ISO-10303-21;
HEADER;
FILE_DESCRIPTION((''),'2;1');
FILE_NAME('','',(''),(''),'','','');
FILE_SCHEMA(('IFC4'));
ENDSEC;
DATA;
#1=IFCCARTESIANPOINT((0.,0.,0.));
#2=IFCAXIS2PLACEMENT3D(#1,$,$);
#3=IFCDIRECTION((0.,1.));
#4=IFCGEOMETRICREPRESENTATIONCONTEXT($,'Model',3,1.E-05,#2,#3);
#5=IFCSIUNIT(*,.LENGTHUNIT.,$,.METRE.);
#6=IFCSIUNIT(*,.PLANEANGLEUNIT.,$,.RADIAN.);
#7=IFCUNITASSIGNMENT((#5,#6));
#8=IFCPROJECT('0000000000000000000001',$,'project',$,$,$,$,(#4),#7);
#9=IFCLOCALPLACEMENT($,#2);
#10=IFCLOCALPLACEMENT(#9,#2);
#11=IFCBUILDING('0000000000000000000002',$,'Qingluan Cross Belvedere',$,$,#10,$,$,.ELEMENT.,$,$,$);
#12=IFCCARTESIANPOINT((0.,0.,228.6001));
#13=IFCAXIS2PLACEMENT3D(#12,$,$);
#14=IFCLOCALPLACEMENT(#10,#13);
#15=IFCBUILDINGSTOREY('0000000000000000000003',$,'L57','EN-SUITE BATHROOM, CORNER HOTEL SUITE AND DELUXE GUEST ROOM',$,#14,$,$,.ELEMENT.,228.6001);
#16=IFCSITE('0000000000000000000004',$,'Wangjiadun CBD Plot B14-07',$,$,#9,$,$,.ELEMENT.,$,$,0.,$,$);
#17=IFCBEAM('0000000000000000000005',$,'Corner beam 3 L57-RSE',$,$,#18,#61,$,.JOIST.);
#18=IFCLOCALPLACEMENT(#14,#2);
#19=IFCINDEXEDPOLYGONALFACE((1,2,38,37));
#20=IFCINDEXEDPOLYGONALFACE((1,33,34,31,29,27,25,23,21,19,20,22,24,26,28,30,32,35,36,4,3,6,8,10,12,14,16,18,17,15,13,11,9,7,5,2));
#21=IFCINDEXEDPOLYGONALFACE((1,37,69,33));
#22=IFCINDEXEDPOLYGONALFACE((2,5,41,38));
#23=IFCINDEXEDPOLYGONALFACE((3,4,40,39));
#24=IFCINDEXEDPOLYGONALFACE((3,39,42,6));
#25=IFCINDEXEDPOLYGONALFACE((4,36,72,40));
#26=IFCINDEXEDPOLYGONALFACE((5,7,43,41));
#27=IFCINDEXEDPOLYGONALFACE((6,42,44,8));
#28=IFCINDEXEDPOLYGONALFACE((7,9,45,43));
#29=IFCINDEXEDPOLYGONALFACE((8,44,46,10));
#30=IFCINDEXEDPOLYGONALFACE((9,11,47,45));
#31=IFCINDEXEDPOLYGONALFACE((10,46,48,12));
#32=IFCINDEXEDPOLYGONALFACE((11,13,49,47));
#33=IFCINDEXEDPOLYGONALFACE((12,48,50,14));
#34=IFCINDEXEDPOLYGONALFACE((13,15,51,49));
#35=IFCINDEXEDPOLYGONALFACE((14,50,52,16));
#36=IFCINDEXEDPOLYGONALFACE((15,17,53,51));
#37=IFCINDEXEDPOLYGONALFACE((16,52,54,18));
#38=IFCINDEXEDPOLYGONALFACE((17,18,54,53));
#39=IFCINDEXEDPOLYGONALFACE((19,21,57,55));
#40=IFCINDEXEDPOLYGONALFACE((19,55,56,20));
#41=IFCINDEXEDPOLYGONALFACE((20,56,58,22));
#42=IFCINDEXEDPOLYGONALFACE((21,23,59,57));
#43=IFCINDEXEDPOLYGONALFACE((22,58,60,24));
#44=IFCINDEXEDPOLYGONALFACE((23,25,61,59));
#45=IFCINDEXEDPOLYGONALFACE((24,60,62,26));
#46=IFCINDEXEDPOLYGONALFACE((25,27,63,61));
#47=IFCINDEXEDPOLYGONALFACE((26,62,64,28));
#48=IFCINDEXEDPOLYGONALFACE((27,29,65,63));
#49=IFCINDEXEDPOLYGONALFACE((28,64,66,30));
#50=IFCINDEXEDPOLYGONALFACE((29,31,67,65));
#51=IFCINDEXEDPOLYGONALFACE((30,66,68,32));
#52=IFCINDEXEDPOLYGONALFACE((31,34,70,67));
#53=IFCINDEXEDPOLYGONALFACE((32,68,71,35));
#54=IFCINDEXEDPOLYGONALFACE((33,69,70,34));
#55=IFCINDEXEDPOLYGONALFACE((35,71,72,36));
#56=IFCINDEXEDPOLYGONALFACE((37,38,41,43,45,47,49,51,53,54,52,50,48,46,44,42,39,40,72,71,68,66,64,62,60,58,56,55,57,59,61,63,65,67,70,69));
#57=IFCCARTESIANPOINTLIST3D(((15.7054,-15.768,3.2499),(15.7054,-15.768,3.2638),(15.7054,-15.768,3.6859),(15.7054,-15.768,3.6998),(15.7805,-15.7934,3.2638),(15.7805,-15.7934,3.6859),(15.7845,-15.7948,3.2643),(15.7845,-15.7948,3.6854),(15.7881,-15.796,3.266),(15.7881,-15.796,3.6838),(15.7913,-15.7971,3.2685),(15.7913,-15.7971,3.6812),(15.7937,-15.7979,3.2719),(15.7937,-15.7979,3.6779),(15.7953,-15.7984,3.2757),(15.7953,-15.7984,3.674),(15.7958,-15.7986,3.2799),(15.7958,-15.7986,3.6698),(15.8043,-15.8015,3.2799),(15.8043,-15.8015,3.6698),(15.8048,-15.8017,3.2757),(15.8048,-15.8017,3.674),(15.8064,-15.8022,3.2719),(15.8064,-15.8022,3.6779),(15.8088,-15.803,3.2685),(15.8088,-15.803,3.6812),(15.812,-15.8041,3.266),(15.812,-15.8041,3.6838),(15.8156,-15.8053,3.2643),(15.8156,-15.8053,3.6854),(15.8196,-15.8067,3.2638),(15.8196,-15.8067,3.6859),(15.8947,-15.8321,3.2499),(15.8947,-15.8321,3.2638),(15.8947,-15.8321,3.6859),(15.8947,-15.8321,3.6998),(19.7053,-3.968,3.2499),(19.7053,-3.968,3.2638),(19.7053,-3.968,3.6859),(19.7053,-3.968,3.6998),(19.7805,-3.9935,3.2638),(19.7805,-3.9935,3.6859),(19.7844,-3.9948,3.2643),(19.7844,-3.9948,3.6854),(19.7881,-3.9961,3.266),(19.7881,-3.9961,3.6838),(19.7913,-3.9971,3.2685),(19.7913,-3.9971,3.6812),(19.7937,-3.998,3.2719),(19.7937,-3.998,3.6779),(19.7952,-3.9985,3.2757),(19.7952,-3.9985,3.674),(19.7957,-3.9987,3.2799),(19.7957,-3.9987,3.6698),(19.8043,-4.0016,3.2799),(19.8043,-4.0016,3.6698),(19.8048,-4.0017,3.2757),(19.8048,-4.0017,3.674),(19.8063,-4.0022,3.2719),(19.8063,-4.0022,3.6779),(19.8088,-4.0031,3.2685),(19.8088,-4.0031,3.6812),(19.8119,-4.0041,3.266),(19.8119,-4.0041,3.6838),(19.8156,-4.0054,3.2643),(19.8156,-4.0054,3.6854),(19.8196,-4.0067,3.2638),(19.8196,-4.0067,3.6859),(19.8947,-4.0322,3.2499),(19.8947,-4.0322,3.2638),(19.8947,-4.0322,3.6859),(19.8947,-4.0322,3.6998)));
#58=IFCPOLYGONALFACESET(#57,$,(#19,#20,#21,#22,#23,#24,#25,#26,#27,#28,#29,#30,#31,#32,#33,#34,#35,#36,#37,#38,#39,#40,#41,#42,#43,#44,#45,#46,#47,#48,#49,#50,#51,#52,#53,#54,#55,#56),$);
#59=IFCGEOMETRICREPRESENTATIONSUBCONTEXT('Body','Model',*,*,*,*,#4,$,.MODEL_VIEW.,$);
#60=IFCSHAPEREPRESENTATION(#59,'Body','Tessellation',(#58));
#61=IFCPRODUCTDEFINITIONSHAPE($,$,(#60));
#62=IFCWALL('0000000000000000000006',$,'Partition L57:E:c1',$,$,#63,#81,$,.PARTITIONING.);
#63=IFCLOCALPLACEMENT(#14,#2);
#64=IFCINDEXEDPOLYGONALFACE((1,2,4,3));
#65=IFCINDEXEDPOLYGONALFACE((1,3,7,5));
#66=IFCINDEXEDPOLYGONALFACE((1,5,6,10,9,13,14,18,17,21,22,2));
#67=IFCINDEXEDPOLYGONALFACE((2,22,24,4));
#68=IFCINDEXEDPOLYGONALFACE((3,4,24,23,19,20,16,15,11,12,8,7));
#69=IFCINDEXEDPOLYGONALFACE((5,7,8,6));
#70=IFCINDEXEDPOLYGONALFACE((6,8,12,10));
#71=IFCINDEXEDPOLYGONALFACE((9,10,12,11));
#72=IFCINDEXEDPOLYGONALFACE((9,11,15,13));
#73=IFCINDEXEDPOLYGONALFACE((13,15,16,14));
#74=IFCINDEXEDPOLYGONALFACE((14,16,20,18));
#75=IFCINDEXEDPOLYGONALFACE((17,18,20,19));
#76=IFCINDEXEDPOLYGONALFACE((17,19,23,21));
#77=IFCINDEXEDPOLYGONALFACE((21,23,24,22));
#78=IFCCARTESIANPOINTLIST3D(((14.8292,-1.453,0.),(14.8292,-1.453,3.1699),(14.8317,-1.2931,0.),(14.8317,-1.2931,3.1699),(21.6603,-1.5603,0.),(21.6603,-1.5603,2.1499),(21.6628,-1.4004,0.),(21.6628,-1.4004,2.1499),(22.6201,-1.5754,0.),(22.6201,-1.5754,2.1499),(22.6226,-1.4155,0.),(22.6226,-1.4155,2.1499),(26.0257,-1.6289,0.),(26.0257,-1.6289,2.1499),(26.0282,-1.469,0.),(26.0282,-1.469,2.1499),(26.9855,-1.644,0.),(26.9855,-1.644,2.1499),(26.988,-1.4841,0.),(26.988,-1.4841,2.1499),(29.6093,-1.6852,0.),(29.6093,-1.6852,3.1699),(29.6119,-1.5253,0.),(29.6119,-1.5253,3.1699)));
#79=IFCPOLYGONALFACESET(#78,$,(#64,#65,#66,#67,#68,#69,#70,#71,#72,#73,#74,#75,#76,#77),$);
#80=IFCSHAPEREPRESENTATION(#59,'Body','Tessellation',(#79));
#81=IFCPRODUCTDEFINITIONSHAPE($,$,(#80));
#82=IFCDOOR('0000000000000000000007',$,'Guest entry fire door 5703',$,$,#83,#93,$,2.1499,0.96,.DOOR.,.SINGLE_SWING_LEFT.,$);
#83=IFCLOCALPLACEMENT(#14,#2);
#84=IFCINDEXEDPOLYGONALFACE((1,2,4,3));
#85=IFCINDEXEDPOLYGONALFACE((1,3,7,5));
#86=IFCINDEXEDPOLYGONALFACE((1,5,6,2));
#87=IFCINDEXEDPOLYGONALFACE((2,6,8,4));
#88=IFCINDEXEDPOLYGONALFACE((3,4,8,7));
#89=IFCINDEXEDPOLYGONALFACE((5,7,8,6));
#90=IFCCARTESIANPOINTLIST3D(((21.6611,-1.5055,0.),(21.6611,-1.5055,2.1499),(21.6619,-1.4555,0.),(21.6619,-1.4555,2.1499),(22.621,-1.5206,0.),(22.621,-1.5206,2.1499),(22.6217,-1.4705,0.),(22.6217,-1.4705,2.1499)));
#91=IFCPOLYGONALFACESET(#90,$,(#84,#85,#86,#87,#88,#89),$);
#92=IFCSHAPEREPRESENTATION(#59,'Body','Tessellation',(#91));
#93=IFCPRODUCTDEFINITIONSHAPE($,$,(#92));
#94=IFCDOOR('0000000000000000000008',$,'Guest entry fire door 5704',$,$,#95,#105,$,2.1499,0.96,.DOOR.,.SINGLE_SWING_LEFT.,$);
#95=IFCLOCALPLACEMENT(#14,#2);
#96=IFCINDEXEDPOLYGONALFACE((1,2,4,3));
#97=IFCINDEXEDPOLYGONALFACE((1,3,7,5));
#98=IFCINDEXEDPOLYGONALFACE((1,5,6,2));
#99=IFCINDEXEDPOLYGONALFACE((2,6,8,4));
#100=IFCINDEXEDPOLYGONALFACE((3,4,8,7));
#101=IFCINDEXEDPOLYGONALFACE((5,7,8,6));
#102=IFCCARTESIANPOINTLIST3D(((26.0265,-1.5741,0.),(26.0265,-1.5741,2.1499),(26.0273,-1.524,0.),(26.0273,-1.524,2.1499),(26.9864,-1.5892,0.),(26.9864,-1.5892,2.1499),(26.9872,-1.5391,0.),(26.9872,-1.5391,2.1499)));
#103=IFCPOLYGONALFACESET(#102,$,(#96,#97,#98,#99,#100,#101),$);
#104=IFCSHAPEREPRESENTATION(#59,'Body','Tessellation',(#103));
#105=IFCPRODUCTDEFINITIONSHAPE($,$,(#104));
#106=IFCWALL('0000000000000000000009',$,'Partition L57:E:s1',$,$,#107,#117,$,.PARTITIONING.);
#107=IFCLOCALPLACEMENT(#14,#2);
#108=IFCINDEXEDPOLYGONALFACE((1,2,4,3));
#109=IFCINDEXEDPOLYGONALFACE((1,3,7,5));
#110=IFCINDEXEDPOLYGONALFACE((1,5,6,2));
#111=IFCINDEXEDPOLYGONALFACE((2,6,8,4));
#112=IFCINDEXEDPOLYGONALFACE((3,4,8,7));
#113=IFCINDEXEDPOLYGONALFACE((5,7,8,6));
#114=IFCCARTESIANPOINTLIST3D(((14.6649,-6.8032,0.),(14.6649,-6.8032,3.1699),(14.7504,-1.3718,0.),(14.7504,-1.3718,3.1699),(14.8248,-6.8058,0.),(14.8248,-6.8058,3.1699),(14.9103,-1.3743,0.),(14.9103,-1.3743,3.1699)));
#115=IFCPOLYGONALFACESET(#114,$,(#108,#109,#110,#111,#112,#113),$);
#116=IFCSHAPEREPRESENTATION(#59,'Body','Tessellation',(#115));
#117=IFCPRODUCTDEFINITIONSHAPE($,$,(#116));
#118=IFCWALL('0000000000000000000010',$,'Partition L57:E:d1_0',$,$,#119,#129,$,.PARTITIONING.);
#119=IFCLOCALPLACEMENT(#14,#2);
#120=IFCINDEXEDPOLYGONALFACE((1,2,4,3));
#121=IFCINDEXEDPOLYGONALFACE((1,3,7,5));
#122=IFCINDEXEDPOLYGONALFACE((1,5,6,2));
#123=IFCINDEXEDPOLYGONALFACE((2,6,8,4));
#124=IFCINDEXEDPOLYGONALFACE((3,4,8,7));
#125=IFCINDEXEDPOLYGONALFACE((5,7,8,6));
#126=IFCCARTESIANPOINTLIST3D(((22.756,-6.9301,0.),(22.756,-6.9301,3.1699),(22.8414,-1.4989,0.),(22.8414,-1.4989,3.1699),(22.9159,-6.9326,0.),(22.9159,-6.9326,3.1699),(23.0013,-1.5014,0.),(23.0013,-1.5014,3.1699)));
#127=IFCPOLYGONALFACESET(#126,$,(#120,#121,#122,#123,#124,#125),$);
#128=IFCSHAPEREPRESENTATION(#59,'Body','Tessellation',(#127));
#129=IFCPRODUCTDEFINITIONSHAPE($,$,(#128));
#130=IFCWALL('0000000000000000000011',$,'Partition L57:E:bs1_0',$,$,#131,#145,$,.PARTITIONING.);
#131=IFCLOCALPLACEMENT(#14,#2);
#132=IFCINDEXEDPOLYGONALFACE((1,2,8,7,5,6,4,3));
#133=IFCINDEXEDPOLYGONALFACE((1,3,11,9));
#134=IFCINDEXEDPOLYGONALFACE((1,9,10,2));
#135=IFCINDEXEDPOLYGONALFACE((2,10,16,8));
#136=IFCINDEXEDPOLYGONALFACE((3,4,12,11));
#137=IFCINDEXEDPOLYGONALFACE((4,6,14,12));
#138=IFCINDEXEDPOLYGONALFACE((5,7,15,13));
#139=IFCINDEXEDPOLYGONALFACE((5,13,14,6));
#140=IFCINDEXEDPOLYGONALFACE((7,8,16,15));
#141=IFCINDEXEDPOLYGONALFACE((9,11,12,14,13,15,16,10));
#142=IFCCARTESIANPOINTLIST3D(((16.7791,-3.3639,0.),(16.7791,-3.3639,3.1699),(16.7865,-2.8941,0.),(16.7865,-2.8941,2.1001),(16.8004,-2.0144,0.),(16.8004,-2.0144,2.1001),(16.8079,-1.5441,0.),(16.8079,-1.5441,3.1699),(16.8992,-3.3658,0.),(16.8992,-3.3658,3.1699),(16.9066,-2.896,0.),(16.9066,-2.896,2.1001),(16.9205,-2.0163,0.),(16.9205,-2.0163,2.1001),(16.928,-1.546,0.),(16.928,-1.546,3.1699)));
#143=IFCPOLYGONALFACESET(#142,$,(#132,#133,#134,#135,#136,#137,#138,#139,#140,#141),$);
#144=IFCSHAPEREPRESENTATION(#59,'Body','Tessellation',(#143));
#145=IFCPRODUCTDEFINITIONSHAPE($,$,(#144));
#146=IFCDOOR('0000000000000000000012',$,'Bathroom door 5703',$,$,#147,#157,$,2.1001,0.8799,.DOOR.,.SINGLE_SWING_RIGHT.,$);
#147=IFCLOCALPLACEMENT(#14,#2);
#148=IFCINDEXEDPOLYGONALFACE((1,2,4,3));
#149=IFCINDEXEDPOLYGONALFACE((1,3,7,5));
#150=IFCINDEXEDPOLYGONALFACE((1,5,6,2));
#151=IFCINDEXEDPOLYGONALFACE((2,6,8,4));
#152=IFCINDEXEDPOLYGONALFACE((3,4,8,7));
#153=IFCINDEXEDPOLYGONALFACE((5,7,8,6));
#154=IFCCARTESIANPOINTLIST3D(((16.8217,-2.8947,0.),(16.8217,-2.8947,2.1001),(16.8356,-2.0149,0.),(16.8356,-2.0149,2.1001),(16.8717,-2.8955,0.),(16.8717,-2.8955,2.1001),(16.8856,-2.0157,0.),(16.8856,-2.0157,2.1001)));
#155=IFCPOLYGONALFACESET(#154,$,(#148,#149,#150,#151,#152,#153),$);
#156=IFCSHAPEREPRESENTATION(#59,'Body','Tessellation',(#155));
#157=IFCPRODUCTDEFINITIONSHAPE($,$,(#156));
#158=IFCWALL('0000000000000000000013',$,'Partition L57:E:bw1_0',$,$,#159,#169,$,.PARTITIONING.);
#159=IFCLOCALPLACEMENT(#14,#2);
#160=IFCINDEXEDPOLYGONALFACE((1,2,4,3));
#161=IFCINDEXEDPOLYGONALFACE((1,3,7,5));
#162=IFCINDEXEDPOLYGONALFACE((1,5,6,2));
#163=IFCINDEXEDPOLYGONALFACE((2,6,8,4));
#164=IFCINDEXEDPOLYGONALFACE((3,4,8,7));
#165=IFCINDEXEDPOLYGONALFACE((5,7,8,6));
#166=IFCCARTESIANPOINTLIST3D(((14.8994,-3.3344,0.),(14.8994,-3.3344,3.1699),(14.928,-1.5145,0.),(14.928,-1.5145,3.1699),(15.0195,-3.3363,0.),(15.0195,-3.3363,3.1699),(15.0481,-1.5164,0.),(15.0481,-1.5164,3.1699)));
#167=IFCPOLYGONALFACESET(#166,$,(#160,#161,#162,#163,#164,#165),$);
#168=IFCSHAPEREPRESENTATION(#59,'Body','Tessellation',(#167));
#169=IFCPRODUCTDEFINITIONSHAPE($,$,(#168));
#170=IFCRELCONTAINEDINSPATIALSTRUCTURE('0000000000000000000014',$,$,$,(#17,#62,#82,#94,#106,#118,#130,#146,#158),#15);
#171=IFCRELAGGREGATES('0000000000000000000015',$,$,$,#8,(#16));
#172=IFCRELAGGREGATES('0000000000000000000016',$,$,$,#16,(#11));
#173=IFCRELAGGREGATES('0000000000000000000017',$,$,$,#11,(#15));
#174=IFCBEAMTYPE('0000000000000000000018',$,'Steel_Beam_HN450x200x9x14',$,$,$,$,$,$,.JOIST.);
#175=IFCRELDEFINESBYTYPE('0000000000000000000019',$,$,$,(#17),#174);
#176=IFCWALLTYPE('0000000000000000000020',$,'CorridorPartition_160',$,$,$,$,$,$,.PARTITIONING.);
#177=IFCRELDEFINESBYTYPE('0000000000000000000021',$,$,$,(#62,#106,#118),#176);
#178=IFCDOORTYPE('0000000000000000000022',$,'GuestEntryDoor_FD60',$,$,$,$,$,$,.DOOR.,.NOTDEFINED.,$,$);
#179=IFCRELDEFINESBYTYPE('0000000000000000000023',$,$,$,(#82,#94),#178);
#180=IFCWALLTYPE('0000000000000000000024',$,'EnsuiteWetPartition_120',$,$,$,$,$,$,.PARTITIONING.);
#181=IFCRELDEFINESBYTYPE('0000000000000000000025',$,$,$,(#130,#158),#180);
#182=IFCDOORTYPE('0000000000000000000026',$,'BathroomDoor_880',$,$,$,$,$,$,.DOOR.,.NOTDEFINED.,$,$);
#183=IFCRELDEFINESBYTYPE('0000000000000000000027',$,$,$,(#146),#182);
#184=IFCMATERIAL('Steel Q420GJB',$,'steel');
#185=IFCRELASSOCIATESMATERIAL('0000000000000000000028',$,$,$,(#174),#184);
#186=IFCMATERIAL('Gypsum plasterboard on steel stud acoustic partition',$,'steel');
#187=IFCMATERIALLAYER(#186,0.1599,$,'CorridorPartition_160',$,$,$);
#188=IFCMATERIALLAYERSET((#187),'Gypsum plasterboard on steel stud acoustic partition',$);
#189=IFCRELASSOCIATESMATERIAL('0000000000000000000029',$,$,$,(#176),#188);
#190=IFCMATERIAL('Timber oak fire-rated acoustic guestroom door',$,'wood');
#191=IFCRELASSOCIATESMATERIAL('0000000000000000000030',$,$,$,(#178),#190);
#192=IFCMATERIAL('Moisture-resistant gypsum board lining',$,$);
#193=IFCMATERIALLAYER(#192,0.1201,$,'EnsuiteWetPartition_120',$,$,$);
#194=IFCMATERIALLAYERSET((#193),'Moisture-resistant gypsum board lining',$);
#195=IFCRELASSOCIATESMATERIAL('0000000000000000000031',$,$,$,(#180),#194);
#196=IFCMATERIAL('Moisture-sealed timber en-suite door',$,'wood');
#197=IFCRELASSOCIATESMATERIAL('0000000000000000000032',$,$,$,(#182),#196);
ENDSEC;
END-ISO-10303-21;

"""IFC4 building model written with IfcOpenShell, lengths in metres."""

from ifc_helpers import new_model, si_unit, direction, frame, frame_2d, origin, origin_2d, place, context, subcontext, project, spatial, rectangle, i_section, extrude, material, layer, layer_set, material_profile, profile_set, type_object, element, fill, save


model = new_model("IFC4")

# Units and contexts
model_context = context("Model", 3, precision=1e-05, world=origin(), true_north=direction((0.0, 1.0)))
body_context = subcontext(model_context, "Body", "Model", "MODEL_VIEW")
ifc_project = project(units=[si_unit("LENGTHUNIT", "METRE"), si_unit("PLANEANGLEUNIT", "RADIAN")], contexts=[model_context])

# Site, building, storey
site_placement = place(None, origin())
site = spatial("IfcSite", under=ifc_project, at=site_placement, Name="Wangjiadun CBD Plot B14-07", CompositionType="ELEMENT", RefElevation=0.0)
building_placement = place(site_placement, origin())
building = spatial("IfcBuilding", under=site, at=building_placement, Name="Qingluan Cross Belvedere", CompositionType="ELEMENT")
storey_placement = place(building_placement, frame((0.0, 0.0, 228.6001)))
storey = spatial("IfcBuildingStorey", under=building, at=storey_placement, Name="L57", Description="EN-SUITE BATHROOM, CORNER HOTEL SUITE AND DELUXE GUEST ROOM", CompositionType="ELEMENT", Elevation=228.6001)

# Beam
ifc_material_1 = material(Name="Steel Q420GJB", Category="steel")
ifc_material_profile_1 = material_profile(ifc_material_1, i_section(OverallWidth=0.2, OverallDepth=0.45, WebThickness=0.009, FlangeThickness=0.0139, FilletRadius=0.0161, at=origin_2d()), Name="HN450x200x9x14")
ifc_profile_set_1 = profile_set([ifc_material_profile_1], Name="Steel Q420GJB")
beam_type_1 = type_object("IfcBeamType", Name="Steel_Beam_HN450x200x9x14", PredefinedType="JOIST", material=ifc_profile_set_1)
for number, where, z_axis, x_axis, name in (
    (1, (15.8, -15.8, 3.4749), (0.321038, 0.947066, 0.0), (-0.947066, 0.321038, 0.0), "Corner beam 3 L57-RSE"),
):
    element("IfcBeam", number, at=place(storey_placement, frame(where, z_axis=z_axis, x_axis=x_axis)), inside=storey, type_object=beam_type_1, Name=name, PredefinedType="JOIST", context=body_context, shape_type="SweptSolid", body=[
        extrude(i_section(OverallWidth=0.2, OverallDepth=0.45, WebThickness=0.009, FlangeThickness=0.0139, FilletRadius=0.0161, at=origin_2d()), origin(), (0.0, 0.0, 1.0), 12.4595),
    ])

# Wall, openings, doors
ifc_material_2 = material(Name="Gypsum plasterboard on steel stud acoustic partition", Category="steel")
ifc_layer_1 = layer(ifc_material_2, 0.1599, Name="CorridorPartition_160")
ifc_layer_set_1 = layer_set([ifc_layer_1], Name="Gypsum plasterboard on steel stud acoustic partition")
wall_type_1 = type_object("IfcWallType", Name="CorridorPartition_160", PredefinedType="PARTITIONING", material=ifc_layer_set_1)
wall_1_placement = place(storey_placement, frame((14.8303, -1.373, 0.0), z_axis=(0.0, 0.0, 1.0), x_axis=(0.999877, -0.015707, 0.0)))
wall_1 = element("IfcWall", 2, at=wall_1_placement, inside=storey, type_object=wall_type_1, Name="Partition L57:E:c1", PredefinedType="PARTITIONING", context=body_context, shape_type="SweptSolid", body=[
    extrude(rectangle(XDim=14.782, YDim=0.1599, at=frame_2d((7.3911, 0.0))), origin(), (0.0, 0.0, 1.0), 3.1699),
])
opening_1_placement = place(wall_1_placement, frame((6.832, 0.0, 0.0)))
opening_1 = element("IfcOpeningElement", 3, at=opening_1_placement, cuts=wall_1, PredefinedType="OPENING", context=body_context, shape_type="SweptSolid", body=[
    extrude(rectangle(XDim=0.96, YDim=2.1499, at=frame_2d((0.48, 1.075))), frame((0.0, 0.0898, 0.0), z_axis=(0.0, -1.0, 0.0), x_axis=(1.0, 0.0, 0.0)), (0.0, 0.0, 1.0), 0.1799),
])
opening_2_placement = place(wall_1_placement, frame((11.198, 0.0, 0.0)))
opening_2 = element("IfcOpeningElement", 4, at=opening_2_placement, cuts=wall_1, PredefinedType="OPENING", context=body_context, shape_type="SweptSolid", body=[
    extrude(rectangle(XDim=0.96, YDim=2.1499, at=frame_2d((0.48, 1.075))), frame((0.0, 0.0898, 0.0), z_axis=(0.0, -1.0, 0.0), x_axis=(1.0, 0.0, 0.0)), (0.0, 0.0, 1.0), 0.1799),
])
ifc_material_3 = material(Name="Timber oak fire-rated acoustic guestroom door", Category="wood")
door_type_1 = type_object("IfcDoorType", Name="GuestEntryDoor_FD60", OperationType="NOTDEFINED", PredefinedType="DOOR", material=ifc_material_3)
door_1_placement = place(opening_1_placement, origin())
door_1 = element("IfcDoor", 5, at=door_1_placement, inside=storey, type_object=door_type_1, Name="Guest entry fire door 5703", OperationType="SINGLE_SWING_LEFT", OverallHeight=2.1499, OverallWidth=0.96, PredefinedType="DOOR", context=body_context, shape_type="SweptSolid", body=[
    extrude(rectangle(XDim=0.96, YDim=2.1499, at=frame_2d((0.48, 1.075))), frame((0.0, 0.0249, 0.0), z_axis=(0.0, -1.0, 0.0), x_axis=(1.0, 0.0, 0.0)), (0.0, 0.0, 1.0), 0.05),
])
fill(opening_1, door_1)
door_2_placement = place(opening_2_placement, origin())
door_2 = element("IfcDoor", 6, at=door_2_placement, inside=storey, type_object=door_type_1, Name="Guest entry fire door 5704", OperationType="SINGLE_SWING_LEFT", OverallHeight=2.1499, OverallWidth=0.96, PredefinedType="DOOR", context=body_context, shape_type="SweptSolid", body=[
    extrude(rectangle(XDim=0.96, YDim=2.1499, at=frame_2d((0.48, 1.075))), frame((0.0, 0.0249, 0.0), z_axis=(0.0, -1.0, 0.0), x_axis=(1.0, 0.0, 0.0)), (0.0, 0.0, 1.0), 0.05),
])
fill(opening_2, door_2)

# Walls
wall_2_placement = place(storey_placement, frame((14.8303, -1.373, 0.0), z_axis=(0.0, 0.0, 1.0), x_axis=(-0.015731, -0.999876, 0.0)))
element("IfcWall", 7, at=wall_2_placement, inside=storey, type_object=wall_type_1, Name="Partition L57:E:s1", PredefinedType="PARTITIONING", context=body_context, shape_type="SweptSolid", body=[
    extrude(rectangle(XDim=5.4321, YDim=0.1599, at=frame_2d((2.7161, 0.0))), origin(), (0.0, 0.0, 1.0), 3.1699),
])
wall_3_placement = place(storey_placement, frame((22.9214, -1.5002, 0.0), z_axis=(0.0, 0.0, 1.0), x_axis=(-0.015731, -0.999876, 0.0)))
element("IfcWall", 8, at=wall_3_placement, inside=storey, type_object=wall_type_1, Name="Partition L57:E:d1_0", PredefinedType="PARTITIONING", context=body_context, shape_type="SweptSolid", body=[
    extrude(rectangle(XDim=5.4319, YDim=0.1599, at=frame_2d((2.7158, 0.0))), origin(), (0.0, 0.0, 1.0), 3.1699),
])

# Wall, opening, door
ifc_material_4 = material(Name="Moisture-resistant gypsum board lining")
ifc_layer_2 = layer(ifc_material_4, 0.1201, Name="EnsuiteWetPartition_120")
ifc_layer_set_2 = layer_set([ifc_layer_2], Name="Moisture-resistant gypsum board lining")
wall_type_2 = type_object("IfcWallType", Name="EnsuiteWetPartition_120", PredefinedType="PARTITIONING", material=ifc_layer_set_2)
wall_4_placement = place(storey_placement, frame((16.8391, -3.365, 0.0), z_axis=(0.0, 0.0, 1.0), x_axis=(0.015828, 0.999875, 0.0)))
wall_4 = element("IfcWall", 9, at=wall_4_placement, inside=storey, type_object=wall_type_2, Name="Partition L57:E:bs1_0", PredefinedType="PARTITIONING", context=body_context, shape_type="SweptSolid", body=[
    extrude(rectangle(XDim=1.8201, YDim=0.1201, at=frame_2d((0.9102, 0.0))), origin(), (0.0, 0.0, 1.0), 3.1699),
])
opening_3_placement = place(wall_4_placement, frame((0.47, 0.0, 0.0)))
opening_3 = element("IfcOpeningElement", 10, at=opening_3_placement, cuts=wall_4, PredefinedType="OPENING", context=body_context, shape_type="SweptSolid", body=[
    extrude(rectangle(XDim=0.8799, YDim=2.1001, at=frame_2d((0.4399, 1.05))), frame((0.0, 0.0701, 0.0), z_axis=(0.0, -1.0, 0.0), x_axis=(1.0, 0.0, 0.0)), (0.0, 0.0, 1.0), 0.1401),
])
ifc_material_5 = material(Name="Moisture-sealed timber en-suite door", Category="wood")
door_type_2 = type_object("IfcDoorType", Name="BathroomDoor_880", OperationType="NOTDEFINED", PredefinedType="DOOR", material=ifc_material_5)
door_3_placement = place(opening_3_placement, origin())
door_3 = element("IfcDoor", 11, at=door_3_placement, inside=storey, type_object=door_type_2, Name="Bathroom door 5703", OperationType="SINGLE_SWING_RIGHT", OverallHeight=2.1001, OverallWidth=0.8799, PredefinedType="DOOR", context=body_context, shape_type="SweptSolid", body=[
    extrude(rectangle(XDim=0.8799, YDim=2.1001, at=frame_2d((0.4399, 1.05))), frame((0.0, 0.0249, 0.0), z_axis=(0.0, -1.0, 0.0), x_axis=(1.0, 0.0, 0.0)), (0.0, 0.0, 1.0), 0.05),
])
fill(opening_3, door_3)

# Wall
wall_5_placement = place(storey_placement, frame((14.9595, -3.3354, 0.0), z_axis=(0.0, 0.0, 1.0), x_axis=(0.015694, 0.999877, 0.0)))
element("IfcWall", 12, at=wall_5_placement, inside=storey, type_object=wall_type_2, Name="Partition L57:E:bw1_0", PredefinedType="PARTITIONING", context=body_context, shape_type="SweptSolid", body=[
    extrude(rectangle(XDim=1.8201, YDim=0.1201, at=frame_2d((0.9102, 0.0))), origin(), (0.0, 0.0, 1.0), 3.1699),
])

save(model, "model.ifc")
